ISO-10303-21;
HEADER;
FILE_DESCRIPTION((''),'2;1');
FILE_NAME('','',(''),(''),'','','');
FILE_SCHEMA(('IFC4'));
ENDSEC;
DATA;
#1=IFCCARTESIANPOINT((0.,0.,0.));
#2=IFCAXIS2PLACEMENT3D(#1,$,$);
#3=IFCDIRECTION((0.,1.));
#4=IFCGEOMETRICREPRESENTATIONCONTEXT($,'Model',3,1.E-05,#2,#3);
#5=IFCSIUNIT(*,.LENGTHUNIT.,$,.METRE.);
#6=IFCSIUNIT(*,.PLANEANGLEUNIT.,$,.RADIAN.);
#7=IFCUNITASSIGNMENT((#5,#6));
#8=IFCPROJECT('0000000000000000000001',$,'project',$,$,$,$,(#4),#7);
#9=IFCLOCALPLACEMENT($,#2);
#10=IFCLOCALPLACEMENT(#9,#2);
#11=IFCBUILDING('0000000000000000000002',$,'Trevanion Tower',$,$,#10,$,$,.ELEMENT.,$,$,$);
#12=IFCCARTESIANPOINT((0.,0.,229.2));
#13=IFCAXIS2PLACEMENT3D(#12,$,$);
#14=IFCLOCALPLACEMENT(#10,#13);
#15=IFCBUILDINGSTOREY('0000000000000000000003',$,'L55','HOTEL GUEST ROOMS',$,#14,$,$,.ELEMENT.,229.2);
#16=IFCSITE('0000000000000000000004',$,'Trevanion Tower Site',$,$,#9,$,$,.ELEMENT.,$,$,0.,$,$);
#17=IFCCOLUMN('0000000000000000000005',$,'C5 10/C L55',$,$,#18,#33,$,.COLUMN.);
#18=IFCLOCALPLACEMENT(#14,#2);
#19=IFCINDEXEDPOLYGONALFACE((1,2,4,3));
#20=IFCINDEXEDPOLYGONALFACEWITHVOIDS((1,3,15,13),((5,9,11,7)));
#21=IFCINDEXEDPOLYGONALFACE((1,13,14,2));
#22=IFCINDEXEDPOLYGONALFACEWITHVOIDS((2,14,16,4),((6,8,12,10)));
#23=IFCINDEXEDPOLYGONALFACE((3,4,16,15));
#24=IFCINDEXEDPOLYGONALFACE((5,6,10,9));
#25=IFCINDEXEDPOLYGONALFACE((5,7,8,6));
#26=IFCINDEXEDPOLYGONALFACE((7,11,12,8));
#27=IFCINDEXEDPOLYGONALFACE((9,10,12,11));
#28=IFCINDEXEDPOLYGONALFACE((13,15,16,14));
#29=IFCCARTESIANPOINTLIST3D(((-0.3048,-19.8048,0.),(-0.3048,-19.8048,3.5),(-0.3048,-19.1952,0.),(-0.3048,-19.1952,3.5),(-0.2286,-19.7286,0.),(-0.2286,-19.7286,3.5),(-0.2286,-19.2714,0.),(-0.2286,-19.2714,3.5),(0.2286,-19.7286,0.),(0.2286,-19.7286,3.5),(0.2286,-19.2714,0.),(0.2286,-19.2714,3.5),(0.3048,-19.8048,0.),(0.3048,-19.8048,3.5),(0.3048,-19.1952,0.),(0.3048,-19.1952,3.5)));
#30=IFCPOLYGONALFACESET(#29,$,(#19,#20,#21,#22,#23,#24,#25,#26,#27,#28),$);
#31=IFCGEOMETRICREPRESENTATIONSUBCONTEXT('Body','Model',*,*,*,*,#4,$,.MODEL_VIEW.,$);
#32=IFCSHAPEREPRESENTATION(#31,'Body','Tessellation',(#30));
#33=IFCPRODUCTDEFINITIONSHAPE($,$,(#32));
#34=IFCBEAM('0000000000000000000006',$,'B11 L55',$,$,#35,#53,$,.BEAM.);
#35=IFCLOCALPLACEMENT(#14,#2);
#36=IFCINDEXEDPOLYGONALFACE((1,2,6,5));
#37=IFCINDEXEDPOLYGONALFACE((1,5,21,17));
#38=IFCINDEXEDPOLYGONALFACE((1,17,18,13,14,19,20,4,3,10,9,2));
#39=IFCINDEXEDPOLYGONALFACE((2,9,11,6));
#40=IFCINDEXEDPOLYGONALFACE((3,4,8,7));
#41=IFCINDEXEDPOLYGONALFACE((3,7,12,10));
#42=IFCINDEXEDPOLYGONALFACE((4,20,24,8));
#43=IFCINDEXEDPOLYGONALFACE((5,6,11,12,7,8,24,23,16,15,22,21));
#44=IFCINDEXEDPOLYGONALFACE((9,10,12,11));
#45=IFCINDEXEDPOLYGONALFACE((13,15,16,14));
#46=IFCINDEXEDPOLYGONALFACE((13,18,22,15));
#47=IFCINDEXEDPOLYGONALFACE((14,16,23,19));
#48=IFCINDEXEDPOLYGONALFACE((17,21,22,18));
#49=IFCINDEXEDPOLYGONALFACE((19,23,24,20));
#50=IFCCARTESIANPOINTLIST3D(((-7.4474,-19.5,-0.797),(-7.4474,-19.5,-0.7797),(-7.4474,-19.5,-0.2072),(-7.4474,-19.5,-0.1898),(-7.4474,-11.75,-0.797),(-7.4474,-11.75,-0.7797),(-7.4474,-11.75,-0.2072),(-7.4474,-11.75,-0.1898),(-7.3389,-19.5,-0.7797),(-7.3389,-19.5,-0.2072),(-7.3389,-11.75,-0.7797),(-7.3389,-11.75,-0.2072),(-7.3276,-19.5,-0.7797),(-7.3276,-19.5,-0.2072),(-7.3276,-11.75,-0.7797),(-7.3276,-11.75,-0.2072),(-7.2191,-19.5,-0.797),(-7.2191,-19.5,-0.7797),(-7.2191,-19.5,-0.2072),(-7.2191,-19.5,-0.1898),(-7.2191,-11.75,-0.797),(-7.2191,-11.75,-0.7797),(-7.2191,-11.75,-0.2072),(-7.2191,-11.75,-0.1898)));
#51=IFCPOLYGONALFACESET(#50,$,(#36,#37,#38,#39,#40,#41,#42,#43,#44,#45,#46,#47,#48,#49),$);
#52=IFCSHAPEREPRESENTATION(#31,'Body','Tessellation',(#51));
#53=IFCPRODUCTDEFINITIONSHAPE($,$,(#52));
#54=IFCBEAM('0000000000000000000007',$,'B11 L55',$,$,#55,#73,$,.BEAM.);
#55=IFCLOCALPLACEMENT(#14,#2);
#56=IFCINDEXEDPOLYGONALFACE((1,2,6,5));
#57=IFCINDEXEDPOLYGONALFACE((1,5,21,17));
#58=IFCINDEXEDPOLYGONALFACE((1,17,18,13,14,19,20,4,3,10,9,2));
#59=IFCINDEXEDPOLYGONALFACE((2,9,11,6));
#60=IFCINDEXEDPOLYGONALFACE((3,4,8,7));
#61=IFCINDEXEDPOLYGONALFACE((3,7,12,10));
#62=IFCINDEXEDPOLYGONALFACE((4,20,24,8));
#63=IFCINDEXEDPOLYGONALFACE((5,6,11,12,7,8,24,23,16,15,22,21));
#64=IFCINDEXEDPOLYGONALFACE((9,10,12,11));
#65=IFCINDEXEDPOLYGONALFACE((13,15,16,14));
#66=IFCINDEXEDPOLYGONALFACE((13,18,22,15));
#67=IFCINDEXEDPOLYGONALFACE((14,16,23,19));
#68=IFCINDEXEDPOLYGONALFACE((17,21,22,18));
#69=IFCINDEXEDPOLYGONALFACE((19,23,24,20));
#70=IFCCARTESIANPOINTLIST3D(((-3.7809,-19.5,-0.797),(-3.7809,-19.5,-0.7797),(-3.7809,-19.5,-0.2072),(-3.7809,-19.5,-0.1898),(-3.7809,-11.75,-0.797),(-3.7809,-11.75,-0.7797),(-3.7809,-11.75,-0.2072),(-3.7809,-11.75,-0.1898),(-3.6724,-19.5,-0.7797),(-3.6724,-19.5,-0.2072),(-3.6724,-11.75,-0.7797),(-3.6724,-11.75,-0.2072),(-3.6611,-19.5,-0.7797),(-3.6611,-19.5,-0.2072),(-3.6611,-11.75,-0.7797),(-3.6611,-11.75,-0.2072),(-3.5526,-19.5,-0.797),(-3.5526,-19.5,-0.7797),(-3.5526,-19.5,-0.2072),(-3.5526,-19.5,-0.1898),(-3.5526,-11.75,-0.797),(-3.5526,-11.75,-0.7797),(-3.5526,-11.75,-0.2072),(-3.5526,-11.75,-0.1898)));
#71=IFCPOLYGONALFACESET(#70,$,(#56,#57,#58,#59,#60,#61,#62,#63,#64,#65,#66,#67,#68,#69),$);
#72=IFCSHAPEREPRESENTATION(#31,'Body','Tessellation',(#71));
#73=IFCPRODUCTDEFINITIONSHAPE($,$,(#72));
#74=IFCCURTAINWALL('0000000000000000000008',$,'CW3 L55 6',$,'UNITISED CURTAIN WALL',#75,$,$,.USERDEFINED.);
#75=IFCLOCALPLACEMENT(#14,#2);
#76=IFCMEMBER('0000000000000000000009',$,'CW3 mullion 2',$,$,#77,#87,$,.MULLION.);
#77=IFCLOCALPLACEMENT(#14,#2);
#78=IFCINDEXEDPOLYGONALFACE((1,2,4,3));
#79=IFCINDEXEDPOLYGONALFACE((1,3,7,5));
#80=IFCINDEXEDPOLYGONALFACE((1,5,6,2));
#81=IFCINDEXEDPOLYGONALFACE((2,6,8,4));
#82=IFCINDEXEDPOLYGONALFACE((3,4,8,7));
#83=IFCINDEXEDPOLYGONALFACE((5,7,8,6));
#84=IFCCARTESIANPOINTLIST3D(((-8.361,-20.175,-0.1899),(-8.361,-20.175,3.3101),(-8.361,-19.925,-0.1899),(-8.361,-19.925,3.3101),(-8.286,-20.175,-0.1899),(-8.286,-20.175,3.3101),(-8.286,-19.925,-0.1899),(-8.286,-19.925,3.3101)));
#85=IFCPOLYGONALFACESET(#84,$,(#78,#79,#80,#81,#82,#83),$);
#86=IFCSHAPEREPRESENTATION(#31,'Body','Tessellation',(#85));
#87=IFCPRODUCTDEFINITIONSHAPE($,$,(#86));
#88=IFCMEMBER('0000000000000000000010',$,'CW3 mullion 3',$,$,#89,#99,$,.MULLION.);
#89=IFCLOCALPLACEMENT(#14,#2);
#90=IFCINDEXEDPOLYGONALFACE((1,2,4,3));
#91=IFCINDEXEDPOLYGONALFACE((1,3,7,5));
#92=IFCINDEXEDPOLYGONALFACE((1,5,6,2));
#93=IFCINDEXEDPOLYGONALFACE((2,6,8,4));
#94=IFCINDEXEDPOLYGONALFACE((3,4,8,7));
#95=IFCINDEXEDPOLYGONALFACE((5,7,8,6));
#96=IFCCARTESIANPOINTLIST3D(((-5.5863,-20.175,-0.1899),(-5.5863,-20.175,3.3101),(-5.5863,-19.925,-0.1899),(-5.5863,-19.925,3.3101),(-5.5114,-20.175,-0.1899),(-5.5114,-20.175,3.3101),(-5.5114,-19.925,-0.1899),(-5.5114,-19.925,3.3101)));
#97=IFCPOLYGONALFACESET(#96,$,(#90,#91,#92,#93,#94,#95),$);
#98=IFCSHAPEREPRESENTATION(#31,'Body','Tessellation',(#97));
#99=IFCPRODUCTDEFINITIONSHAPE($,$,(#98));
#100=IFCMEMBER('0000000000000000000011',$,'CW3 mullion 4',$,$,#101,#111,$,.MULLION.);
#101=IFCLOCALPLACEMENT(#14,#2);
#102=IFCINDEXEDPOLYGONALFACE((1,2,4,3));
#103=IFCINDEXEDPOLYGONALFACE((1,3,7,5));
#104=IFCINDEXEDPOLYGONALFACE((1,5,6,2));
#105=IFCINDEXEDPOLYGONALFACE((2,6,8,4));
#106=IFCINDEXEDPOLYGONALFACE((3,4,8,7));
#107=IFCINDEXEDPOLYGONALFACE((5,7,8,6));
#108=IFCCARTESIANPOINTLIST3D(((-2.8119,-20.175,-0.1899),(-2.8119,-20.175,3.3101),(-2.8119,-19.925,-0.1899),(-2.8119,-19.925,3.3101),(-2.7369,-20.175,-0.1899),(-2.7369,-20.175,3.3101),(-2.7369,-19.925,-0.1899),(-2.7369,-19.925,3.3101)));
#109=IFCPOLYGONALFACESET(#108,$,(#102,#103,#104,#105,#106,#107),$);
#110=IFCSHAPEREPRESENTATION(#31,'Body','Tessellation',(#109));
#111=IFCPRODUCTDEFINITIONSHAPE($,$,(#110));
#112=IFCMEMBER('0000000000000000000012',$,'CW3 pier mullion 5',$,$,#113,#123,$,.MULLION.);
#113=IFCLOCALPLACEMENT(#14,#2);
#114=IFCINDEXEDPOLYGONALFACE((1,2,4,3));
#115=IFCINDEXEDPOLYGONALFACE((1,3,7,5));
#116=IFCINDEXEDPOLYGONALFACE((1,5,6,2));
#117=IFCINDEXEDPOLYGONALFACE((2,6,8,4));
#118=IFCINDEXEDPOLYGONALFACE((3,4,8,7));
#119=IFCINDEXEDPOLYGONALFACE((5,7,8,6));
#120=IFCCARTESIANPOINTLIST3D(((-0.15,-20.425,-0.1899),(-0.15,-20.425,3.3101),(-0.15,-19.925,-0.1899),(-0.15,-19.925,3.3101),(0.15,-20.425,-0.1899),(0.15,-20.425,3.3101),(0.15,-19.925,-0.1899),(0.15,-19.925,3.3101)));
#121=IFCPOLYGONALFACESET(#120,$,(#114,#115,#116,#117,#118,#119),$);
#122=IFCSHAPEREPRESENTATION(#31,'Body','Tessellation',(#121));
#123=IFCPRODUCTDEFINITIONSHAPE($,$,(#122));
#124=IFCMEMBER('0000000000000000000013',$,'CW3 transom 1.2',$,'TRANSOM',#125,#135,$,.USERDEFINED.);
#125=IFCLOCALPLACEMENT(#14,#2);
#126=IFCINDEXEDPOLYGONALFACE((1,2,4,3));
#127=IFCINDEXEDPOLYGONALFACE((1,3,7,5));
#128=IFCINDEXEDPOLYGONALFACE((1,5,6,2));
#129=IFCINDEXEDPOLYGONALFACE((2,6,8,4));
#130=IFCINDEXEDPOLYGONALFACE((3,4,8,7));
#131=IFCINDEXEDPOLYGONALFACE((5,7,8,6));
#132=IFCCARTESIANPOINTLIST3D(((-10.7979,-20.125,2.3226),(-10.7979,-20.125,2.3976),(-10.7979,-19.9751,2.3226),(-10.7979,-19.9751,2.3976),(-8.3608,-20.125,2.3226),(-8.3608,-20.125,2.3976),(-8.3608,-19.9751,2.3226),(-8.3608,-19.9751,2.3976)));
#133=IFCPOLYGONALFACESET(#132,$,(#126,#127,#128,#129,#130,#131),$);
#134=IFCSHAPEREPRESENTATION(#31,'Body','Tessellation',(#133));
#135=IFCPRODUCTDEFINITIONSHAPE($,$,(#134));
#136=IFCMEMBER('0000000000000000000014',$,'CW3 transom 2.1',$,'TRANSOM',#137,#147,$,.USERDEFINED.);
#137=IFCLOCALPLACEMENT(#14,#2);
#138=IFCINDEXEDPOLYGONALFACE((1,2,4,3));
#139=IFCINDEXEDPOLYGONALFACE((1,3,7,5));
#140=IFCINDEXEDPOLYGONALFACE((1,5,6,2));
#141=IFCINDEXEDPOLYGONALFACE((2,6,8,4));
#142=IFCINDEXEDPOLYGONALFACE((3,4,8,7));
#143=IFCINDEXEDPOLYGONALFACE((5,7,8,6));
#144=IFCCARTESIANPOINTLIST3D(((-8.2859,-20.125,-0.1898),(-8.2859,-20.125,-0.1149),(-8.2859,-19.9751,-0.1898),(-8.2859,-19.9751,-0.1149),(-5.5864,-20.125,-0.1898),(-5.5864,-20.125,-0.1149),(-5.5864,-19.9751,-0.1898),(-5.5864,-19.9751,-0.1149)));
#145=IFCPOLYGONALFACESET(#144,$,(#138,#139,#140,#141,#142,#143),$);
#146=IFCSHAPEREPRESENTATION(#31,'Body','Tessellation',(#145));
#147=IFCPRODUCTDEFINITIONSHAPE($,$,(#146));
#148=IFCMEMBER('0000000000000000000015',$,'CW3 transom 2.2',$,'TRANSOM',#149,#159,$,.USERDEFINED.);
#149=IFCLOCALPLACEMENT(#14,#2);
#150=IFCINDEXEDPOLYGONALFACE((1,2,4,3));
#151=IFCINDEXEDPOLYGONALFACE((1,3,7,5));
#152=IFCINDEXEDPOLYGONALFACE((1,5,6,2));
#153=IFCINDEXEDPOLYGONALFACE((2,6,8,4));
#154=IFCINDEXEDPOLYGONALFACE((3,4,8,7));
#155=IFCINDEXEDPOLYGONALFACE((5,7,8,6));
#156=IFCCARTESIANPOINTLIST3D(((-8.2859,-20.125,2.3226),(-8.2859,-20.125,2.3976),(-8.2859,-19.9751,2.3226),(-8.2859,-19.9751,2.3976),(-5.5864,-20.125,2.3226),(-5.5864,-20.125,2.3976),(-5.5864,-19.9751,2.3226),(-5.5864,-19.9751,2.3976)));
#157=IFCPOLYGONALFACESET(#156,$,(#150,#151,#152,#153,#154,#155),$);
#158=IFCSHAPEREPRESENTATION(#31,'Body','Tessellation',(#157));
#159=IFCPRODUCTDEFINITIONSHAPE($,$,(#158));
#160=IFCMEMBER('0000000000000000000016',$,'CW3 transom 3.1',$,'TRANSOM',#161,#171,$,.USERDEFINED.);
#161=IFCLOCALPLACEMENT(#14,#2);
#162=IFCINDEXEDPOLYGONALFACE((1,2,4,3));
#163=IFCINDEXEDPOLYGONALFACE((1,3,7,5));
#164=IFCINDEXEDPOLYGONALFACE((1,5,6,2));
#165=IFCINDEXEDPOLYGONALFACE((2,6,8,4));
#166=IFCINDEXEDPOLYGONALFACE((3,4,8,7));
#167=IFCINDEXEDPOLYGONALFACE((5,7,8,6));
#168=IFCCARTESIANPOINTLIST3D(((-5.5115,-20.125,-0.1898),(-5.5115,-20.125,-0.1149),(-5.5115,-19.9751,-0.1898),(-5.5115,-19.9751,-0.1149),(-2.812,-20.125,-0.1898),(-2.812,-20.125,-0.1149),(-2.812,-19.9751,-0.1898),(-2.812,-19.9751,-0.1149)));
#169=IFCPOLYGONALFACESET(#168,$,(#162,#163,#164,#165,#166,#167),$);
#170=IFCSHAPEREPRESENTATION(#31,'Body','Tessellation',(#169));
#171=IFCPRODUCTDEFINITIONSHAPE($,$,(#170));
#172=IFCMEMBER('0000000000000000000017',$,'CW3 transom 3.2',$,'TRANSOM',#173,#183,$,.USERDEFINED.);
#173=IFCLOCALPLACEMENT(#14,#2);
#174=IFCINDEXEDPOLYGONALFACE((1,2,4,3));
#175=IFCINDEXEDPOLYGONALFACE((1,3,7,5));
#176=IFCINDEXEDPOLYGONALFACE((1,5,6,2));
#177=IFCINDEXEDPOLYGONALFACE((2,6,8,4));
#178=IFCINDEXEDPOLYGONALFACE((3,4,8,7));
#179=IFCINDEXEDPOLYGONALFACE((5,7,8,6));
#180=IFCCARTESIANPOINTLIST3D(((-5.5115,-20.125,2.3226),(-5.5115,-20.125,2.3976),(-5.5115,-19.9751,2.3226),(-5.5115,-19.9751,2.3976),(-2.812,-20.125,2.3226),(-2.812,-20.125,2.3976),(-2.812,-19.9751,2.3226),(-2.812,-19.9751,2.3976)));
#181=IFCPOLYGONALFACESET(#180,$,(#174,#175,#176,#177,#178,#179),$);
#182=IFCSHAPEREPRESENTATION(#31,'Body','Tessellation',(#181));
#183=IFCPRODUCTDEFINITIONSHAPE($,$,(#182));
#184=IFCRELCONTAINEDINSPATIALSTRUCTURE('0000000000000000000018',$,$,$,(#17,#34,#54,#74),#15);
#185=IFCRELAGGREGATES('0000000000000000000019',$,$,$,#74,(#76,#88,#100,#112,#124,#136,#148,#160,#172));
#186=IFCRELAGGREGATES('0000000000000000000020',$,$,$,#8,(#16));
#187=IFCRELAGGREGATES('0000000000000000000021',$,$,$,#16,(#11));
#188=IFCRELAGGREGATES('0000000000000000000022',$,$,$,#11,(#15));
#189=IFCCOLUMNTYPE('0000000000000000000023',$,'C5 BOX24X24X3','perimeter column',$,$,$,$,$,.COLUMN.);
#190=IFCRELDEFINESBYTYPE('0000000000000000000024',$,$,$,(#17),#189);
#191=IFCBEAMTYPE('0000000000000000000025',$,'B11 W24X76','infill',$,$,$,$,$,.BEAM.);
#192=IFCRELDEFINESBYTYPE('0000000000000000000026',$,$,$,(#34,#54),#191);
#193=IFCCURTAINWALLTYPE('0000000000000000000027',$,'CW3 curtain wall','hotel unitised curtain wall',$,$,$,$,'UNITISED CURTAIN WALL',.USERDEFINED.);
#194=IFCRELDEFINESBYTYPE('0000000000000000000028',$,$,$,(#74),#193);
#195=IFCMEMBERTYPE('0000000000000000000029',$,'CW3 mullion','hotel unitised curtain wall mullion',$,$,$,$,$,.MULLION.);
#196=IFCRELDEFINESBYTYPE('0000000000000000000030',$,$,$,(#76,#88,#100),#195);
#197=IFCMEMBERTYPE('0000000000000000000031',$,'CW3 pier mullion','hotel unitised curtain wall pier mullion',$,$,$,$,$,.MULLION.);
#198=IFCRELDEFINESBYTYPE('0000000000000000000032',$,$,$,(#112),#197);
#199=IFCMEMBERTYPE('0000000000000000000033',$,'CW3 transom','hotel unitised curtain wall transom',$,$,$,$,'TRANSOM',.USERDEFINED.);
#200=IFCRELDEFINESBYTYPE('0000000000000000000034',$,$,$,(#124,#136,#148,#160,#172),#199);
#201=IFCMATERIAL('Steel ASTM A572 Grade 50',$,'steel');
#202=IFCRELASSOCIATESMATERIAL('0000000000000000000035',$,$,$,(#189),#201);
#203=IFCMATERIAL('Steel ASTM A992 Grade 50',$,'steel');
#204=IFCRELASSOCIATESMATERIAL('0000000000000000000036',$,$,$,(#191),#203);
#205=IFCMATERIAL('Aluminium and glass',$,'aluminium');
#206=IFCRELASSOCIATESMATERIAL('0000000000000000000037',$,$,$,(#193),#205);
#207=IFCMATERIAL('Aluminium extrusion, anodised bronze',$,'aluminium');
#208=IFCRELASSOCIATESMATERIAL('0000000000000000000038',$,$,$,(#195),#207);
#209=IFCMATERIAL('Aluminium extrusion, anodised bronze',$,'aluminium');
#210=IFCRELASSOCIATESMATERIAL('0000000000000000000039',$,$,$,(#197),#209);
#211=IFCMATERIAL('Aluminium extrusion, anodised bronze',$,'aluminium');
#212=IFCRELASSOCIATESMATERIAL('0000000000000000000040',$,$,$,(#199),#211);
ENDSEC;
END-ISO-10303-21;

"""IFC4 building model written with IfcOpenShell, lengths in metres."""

from ifc_helpers import new_model, si_unit, direction, frame, origin, origin_2d, place, context, subcontext, project, spatial, rectangle, hollow_rectangle, i_section, extrude, material, material_profile, profile_set, type_object, element, aggregate, save


model = new_model("IFC4")

# Units and contexts
model_context = context("Model", 3, precision=1e-05, world=origin(), true_north=direction((0.0, 1.0)))
body_context = subcontext(model_context, "Body", "Model", "MODEL_VIEW")
ifc_project = project(units=[si_unit("LENGTHUNIT", "METRE"), si_unit("PLANEANGLEUNIT", "RADIAN")], contexts=[model_context])

# Site, building, storey
site_placement = place(None, origin())
site = spatial("IfcSite", under=ifc_project, at=site_placement, Name="Trevanion Tower Site", CompositionType="ELEMENT", RefElevation=0.0)
building_placement = place(site_placement, origin())
building = spatial("IfcBuilding", under=site, at=building_placement, Name="Trevanion Tower", CompositionType="ELEMENT")
storey_placement = place(building_placement, frame((0.0, 0.0, 229.2)))
storey = spatial("IfcBuildingStorey", under=building, at=storey_placement, Name="L55", Description="HOTEL GUEST ROOMS", CompositionType="ELEMENT", Elevation=229.2)

# Column
ifc_material_1 = material(Name="Steel ASTM A572 Grade 50", Category="steel")
ifc_material_profile_1 = material_profile(ifc_material_1, hollow_rectangle(XDim=0.6096, YDim=0.6096, WallThickness=0.0762, at=origin_2d()), Name="BOX24X24X3")
ifc_profile_set_1 = profile_set([ifc_material_profile_1], Name="Steel ASTM A572 Grade 50")
column_type = type_object("IfcColumnType", Name="C5 BOX24X24X3", Description="perimeter column", PredefinedType="COLUMN", material=ifc_profile_set_1)
column_placement = place(storey_placement, frame((0.0, -19.5, 0.0), z_axis=(0.0, 0.0, 1.0), x_axis=(1.0, 0.0, 0.0)))
element("IfcColumn", 1, at=column_placement, inside=storey, type_object=column_type, Name="C5 10/C L55", PredefinedType="COLUMN", context=body_context, shape_type="SweptSolid", body=[
    extrude(hollow_rectangle(XDim=0.6096, YDim=0.6096, WallThickness=0.0762, at=origin_2d()), origin(), (0.0, 0.0, 1.0), 3.5),
])

# Beams
ifc_material_2 = material(Name="Steel ASTM A992 Grade 50", Category="steel")
ifc_material_profile_2 = material_profile(ifc_material_2, i_section(OverallWidth=0.2283, OverallDepth=0.6072, WebThickness=0.0112, FlangeThickness=0.0173, at=origin_2d()), Name="W24X76")
ifc_profile_set_2 = profile_set([ifc_material_profile_2], Name="Steel ASTM A992 Grade 50")
beam_type_1 = type_object("IfcBeamType", Name="B11 W24X76", Description="infill", PredefinedType="BEAM", material=ifc_profile_set_2)
for number, where, z_axis, x_axis, name in (
    (2, (-7.3333, -11.75, -0.4934), (0.0, -1.0, 0.0), (1.0, 0.0, 0.0), "B11 L55"),
    (3, (-3.6667, -11.75, -0.4934), (0.0, -1.0, 0.0), (1.0, 0.0, 0.0), "B11 L55"),
):
    element("IfcBeam", number, at=place(storey_placement, frame(where, z_axis=z_axis, x_axis=x_axis)), inside=storey, type_object=beam_type_1, Name=name, PredefinedType="BEAM", context=body_context, shape_type="SweptSolid", body=[
        extrude(i_section(OverallWidth=0.2283, OverallDepth=0.6072, WebThickness=0.0112, FlangeThickness=0.0173, at=origin_2d()), origin(), (0.0, 0.0, 1.0), 7.75),
    ])

# Curtain wall, members
ifc_material_3 = material(Name="Aluminium and glass", Category="aluminium")
curtain_wall_type = type_object("IfcCurtainWallType", Name="CW3 curtain wall", Description="hotel unitised curtain wall", ElementType="UNITISED CURTAIN WALL", PredefinedType="USERDEFINED", material=ifc_material_3)
curtain_wall_placement = place(storey_placement, origin())
curtain_wall = element("IfcCurtainWall", 4, at=curtain_wall_placement, inside=storey, type_object=curtain_wall_type, Name="CW3 L55 6", ObjectType="UNITISED CURTAIN WALL", PredefinedType="USERDEFINED")
ifc_material_4 = material(Name="Aluminium extrusion, anodised bronze", Category="aluminium")
ifc_material_profile_3 = material_profile(ifc_material_4, rectangle(XDim=0.075, YDim=0.25, at=origin_2d()), Name="CW3 mullion")
ifc_profile_set_3 = profile_set([ifc_material_profile_3], Name="Aluminium extrusion, anodised bronze")
member_type_1 = type_object("IfcMemberType", Name="CW3 mullion", Description="hotel unitised curtain wall mullion", PredefinedType="MULLION", material=ifc_profile_set_3)
member_1_placement = place(storey_placement, frame((-8.3235, -20.05, -0.1899), z_axis=(0.0, 0.0, 1.0), x_axis=(1.0, 0.0, 0.0)))
member_1 = element("IfcMember", 5, at=member_1_placement, type_object=member_type_1, Name="CW3 mullion 2", PredefinedType="MULLION", context=body_context, shape_type="SweptSolid", body=[
    extrude(rectangle(XDim=0.075, YDim=0.25, at=origin_2d()), origin(), (0.0, 0.0, 1.0), 3.5),
])
member_2_placement = place(storey_placement, frame((-5.5488, -20.05, -0.1899), z_axis=(0.0, 0.0, 1.0), x_axis=(1.0, 0.0, 0.0)))
member_2 = element("IfcMember", 6, at=member_2_placement, type_object=member_type_1, Name="CW3 mullion 3", PredefinedType="MULLION", context=body_context, shape_type="SweptSolid", body=[
    extrude(rectangle(XDim=0.075, YDim=0.25, at=origin_2d()), origin(), (0.0, 0.0, 1.0), 3.5),
])
member_3_placement = place(storey_placement, frame((-2.7744, -20.05, -0.1899), z_axis=(0.0, 0.0, 1.0), x_axis=(1.0, 0.0, 0.0)))
member_3 = element("IfcMember", 7, at=member_3_placement, type_object=member_type_1, Name="CW3 mullion 4", PredefinedType="MULLION", context=body_context, shape_type="SweptSolid", body=[
    extrude(rectangle(XDim=0.075, YDim=0.25, at=origin_2d()), origin(), (0.0, 0.0, 1.0), 3.5),
])
ifc_material_5 = material(Name="Aluminium extrusion, anodised bronze", Category="aluminium")
ifc_material_profile_4 = material_profile(ifc_material_5, rectangle(XDim=0.3, YDim=0.5, at=origin_2d()), Name="CW3 pier mullion")
ifc_profile_set_4 = profile_set([ifc_material_profile_4], Name="Aluminium extrusion, anodised bronze")
member_type_2 = type_object("IfcMemberType", Name="CW3 pier mullion", Description="hotel unitised curtain wall pier mullion", PredefinedType="MULLION", material=ifc_profile_set_4)
member_4_placement = place(storey_placement, frame((0.0, -20.175, -0.1899), z_axis=(0.0, 0.0, 1.0), x_axis=(1.0, 0.0, 0.0)))
member_4 = element("IfcMember", 8, at=member_4_placement, type_object=member_type_2, Name="CW3 pier mullion 5", PredefinedType="MULLION", context=body_context, shape_type="SweptSolid", body=[
    extrude(rectangle(XDim=0.3, YDim=0.5, at=origin_2d()), origin(), (0.0, 0.0, 1.0), 3.5),
])
ifc_material_6 = material(Name="Aluminium extrusion, anodised bronze", Category="aluminium")
ifc_material_profile_5 = material_profile(ifc_material_6, rectangle(XDim=0.1499, YDim=0.075, at=origin_2d()), Name="CW3 transom")
ifc_profile_set_5 = profile_set([ifc_material_profile_5], Name="Aluminium extrusion, anodised bronze")
member_type_3 = type_object("IfcMemberType", Name="CW3 transom", Description="hotel unitised curtain wall transom", ElementType="TRANSOM", PredefinedType="USERDEFINED", material=ifc_profile_set_5)
member_5_placement = place(storey_placement, frame((-10.7979, -20.05, 2.3601), z_axis=(1.0, 0.0, 0.0), x_axis=(0.0, 1.0, 0.0)))
member_5 = element("IfcMember", 9, at=member_5_placement, type_object=member_type_3, Name="CW3 transom 1.2", ObjectType="TRANSOM", PredefinedType="USERDEFINED", context=body_context, shape_type="SweptSolid", body=[
    extrude(rectangle(XDim=0.1499, YDim=0.075, at=origin_2d()), origin(), (0.0, 0.0, 1.0), 2.437),
])
member_6_placement = place(storey_placement, frame((-8.2859, -20.05, -0.1523), z_axis=(1.0, 0.0, 0.0), x_axis=(0.0, 1.0, 0.0)))
member_6 = element("IfcMember", 10, at=member_6_placement, type_object=member_type_3, Name="CW3 transom 2.1", ObjectType="TRANSOM", PredefinedType="USERDEFINED", context=body_context, shape_type="SweptSolid", body=[
    extrude(rectangle(XDim=0.1499, YDim=0.075, at=origin_2d()), origin(), (0.0, 0.0, 1.0), 2.6995),
])
member_7_placement = place(storey_placement, frame((-8.2859, -20.05, 2.3601), z_axis=(1.0, 0.0, 0.0), x_axis=(0.0, 1.0, 0.0)))
member_7 = element("IfcMember", 11, at=member_7_placement, type_object=member_type_3, Name="CW3 transom 2.2", ObjectType="TRANSOM", PredefinedType="USERDEFINED", context=body_context, shape_type="SweptSolid", body=[
    extrude(rectangle(XDim=0.1499, YDim=0.075, at=origin_2d()), origin(), (0.0, 0.0, 1.0), 2.6995),
])
member_8_placement = place(storey_placement, frame((-5.5115, -20.05, -0.1523), z_axis=(1.0, 0.0, 0.0), x_axis=(0.0, 1.0, 0.0)))
member_8 = element("IfcMember", 12, at=member_8_placement, type_object=member_type_3, Name="CW3 transom 3.1", ObjectType="TRANSOM", PredefinedType="USERDEFINED", context=body_context, shape_type="SweptSolid", body=[
    extrude(rectangle(XDim=0.1499, YDim=0.075, at=origin_2d()), origin(), (0.0, 0.0, 1.0), 2.6995),
])
member_9_placement = place(storey_placement, frame((-5.5115, -20.05, 2.3601), z_axis=(1.0, 0.0, 0.0), x_axis=(0.0, 1.0, 0.0)))
member_9 = element("IfcMember", 13, at=member_9_placement, type_object=member_type_3, Name="CW3 transom 3.2", ObjectType="TRANSOM", PredefinedType="USERDEFINED", context=body_context, shape_type="SweptSolid", body=[
    extrude(rectangle(XDim=0.1499, YDim=0.075, at=origin_2d()), origin(), (0.0, 0.0, 1.0), 2.6995),
])

aggregate(curtain_wall, [member_1, member_2, member_3, member_4, member_5, member_6, member_7, member_8, member_9])

save(model, "model.ifc")
